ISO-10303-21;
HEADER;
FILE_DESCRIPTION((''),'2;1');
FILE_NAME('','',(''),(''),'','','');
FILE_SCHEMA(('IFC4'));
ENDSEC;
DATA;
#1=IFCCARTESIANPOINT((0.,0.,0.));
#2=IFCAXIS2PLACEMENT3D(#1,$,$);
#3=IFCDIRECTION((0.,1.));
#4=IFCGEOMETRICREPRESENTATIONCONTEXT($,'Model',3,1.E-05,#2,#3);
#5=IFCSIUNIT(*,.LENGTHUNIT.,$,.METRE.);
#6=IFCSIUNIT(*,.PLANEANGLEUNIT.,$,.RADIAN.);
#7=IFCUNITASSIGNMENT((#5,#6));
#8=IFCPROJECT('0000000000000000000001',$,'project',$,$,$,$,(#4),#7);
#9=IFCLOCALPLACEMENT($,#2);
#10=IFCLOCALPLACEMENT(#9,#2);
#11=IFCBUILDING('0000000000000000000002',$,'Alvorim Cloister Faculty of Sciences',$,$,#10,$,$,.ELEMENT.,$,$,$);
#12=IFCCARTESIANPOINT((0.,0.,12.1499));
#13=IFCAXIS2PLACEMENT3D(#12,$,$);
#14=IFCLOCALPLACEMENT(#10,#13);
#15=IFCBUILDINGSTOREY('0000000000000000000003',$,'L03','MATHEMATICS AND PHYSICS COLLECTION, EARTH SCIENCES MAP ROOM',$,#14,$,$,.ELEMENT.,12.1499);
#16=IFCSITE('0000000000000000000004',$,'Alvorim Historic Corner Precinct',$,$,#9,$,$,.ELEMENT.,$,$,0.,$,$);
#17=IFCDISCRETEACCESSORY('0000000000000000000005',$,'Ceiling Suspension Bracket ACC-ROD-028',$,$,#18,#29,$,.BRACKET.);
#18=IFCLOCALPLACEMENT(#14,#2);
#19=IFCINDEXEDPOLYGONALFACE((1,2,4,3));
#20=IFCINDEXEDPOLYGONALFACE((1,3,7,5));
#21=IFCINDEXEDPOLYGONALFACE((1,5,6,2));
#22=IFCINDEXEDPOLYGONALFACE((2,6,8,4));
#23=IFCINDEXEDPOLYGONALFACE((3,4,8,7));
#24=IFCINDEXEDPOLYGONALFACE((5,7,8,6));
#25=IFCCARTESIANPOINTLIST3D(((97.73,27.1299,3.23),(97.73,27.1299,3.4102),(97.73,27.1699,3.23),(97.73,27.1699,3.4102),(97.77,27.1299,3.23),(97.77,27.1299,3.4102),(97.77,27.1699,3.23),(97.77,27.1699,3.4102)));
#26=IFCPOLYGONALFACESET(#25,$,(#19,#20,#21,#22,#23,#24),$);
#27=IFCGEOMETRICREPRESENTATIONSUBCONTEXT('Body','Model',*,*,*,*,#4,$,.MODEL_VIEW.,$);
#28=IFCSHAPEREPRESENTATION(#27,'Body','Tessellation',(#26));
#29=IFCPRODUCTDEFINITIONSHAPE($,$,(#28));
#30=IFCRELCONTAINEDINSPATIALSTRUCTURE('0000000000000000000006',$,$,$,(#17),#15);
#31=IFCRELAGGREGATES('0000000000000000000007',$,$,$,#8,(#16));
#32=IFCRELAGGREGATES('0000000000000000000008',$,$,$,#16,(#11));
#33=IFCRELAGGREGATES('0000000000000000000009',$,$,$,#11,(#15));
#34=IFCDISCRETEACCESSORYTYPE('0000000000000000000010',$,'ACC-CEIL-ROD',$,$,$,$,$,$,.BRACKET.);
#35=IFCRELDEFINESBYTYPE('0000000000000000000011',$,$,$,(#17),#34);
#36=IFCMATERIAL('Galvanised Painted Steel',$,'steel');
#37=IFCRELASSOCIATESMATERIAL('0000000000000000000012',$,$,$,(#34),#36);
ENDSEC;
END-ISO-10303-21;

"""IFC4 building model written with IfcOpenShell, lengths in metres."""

from ifc_helpers import new_model, si_unit, direction, frame, origin, origin_2d, place, context, subcontext, project, spatial, rectangle, extrude, material, type_object, element, save


model = new_model("IFC4")

# Units and contexts
model_context = context("Model", 3, precision=1e-05, world=origin(), true_north=direction((0.0, 1.0)))
body_context = subcontext(model_context, "Body", "Model", "MODEL_VIEW")
ifc_project = project(units=[si_unit("LENGTHUNIT", "METRE"), si_unit("PLANEANGLEUNIT", "RADIAN")], contexts=[model_context])

# Site, building, storey
site_placement = place(None, origin())
site = spatial("IfcSite", under=ifc_project, at=site_placement, Name="Alvorim Historic Corner Precinct", CompositionType="ELEMENT", RefElevation=0.0)
building_placement = place(site_placement, origin())
building = spatial("IfcBuilding", under=site, at=building_placement, Name="Alvorim Cloister Faculty of Sciences", CompositionType="ELEMENT")
storey_placement = place(building_placement, frame((0.0, 0.0, 12.1499)))
storey = spatial("IfcBuildingStorey", under=building, at=storey_placement, Name="L03", Description="MATHEMATICS AND PHYSICS COLLECTION, EARTH SCIENCES MAP ROOM", CompositionType="ELEMENT", Elevation=12.1499)

# Discrete accessory
ifc_material_1 = material(Name="Galvanised Painted Steel", Category="steel")
discrete_accessory_type = type_object("IfcDiscreteAccessoryType", Name="ACC-CEIL-ROD", PredefinedType="BRACKET", material=ifc_material_1)
discrete_accessory_placement = place(storey_placement, frame((97.75, 27.1499, 3.23), z_axis=(0.0, 0.0, 1.0), x_axis=(1.0, 0.0, 0.0)))
element("IfcDiscreteAccessory", 1, at=discrete_accessory_placement, inside=storey, type_object=discrete_accessory_type, Name="Ceiling Suspension Bracket ACC-ROD-028", PredefinedType="BRACKET", context=body_context, shape_type="SweptSolid", body=[
    extrude(rectangle(XDim=0.04, YDim=0.04, at=origin_2d()), origin(), (0.0, 0.0, 1.0), 0.1802),
])

save(model, "model.ifc")
